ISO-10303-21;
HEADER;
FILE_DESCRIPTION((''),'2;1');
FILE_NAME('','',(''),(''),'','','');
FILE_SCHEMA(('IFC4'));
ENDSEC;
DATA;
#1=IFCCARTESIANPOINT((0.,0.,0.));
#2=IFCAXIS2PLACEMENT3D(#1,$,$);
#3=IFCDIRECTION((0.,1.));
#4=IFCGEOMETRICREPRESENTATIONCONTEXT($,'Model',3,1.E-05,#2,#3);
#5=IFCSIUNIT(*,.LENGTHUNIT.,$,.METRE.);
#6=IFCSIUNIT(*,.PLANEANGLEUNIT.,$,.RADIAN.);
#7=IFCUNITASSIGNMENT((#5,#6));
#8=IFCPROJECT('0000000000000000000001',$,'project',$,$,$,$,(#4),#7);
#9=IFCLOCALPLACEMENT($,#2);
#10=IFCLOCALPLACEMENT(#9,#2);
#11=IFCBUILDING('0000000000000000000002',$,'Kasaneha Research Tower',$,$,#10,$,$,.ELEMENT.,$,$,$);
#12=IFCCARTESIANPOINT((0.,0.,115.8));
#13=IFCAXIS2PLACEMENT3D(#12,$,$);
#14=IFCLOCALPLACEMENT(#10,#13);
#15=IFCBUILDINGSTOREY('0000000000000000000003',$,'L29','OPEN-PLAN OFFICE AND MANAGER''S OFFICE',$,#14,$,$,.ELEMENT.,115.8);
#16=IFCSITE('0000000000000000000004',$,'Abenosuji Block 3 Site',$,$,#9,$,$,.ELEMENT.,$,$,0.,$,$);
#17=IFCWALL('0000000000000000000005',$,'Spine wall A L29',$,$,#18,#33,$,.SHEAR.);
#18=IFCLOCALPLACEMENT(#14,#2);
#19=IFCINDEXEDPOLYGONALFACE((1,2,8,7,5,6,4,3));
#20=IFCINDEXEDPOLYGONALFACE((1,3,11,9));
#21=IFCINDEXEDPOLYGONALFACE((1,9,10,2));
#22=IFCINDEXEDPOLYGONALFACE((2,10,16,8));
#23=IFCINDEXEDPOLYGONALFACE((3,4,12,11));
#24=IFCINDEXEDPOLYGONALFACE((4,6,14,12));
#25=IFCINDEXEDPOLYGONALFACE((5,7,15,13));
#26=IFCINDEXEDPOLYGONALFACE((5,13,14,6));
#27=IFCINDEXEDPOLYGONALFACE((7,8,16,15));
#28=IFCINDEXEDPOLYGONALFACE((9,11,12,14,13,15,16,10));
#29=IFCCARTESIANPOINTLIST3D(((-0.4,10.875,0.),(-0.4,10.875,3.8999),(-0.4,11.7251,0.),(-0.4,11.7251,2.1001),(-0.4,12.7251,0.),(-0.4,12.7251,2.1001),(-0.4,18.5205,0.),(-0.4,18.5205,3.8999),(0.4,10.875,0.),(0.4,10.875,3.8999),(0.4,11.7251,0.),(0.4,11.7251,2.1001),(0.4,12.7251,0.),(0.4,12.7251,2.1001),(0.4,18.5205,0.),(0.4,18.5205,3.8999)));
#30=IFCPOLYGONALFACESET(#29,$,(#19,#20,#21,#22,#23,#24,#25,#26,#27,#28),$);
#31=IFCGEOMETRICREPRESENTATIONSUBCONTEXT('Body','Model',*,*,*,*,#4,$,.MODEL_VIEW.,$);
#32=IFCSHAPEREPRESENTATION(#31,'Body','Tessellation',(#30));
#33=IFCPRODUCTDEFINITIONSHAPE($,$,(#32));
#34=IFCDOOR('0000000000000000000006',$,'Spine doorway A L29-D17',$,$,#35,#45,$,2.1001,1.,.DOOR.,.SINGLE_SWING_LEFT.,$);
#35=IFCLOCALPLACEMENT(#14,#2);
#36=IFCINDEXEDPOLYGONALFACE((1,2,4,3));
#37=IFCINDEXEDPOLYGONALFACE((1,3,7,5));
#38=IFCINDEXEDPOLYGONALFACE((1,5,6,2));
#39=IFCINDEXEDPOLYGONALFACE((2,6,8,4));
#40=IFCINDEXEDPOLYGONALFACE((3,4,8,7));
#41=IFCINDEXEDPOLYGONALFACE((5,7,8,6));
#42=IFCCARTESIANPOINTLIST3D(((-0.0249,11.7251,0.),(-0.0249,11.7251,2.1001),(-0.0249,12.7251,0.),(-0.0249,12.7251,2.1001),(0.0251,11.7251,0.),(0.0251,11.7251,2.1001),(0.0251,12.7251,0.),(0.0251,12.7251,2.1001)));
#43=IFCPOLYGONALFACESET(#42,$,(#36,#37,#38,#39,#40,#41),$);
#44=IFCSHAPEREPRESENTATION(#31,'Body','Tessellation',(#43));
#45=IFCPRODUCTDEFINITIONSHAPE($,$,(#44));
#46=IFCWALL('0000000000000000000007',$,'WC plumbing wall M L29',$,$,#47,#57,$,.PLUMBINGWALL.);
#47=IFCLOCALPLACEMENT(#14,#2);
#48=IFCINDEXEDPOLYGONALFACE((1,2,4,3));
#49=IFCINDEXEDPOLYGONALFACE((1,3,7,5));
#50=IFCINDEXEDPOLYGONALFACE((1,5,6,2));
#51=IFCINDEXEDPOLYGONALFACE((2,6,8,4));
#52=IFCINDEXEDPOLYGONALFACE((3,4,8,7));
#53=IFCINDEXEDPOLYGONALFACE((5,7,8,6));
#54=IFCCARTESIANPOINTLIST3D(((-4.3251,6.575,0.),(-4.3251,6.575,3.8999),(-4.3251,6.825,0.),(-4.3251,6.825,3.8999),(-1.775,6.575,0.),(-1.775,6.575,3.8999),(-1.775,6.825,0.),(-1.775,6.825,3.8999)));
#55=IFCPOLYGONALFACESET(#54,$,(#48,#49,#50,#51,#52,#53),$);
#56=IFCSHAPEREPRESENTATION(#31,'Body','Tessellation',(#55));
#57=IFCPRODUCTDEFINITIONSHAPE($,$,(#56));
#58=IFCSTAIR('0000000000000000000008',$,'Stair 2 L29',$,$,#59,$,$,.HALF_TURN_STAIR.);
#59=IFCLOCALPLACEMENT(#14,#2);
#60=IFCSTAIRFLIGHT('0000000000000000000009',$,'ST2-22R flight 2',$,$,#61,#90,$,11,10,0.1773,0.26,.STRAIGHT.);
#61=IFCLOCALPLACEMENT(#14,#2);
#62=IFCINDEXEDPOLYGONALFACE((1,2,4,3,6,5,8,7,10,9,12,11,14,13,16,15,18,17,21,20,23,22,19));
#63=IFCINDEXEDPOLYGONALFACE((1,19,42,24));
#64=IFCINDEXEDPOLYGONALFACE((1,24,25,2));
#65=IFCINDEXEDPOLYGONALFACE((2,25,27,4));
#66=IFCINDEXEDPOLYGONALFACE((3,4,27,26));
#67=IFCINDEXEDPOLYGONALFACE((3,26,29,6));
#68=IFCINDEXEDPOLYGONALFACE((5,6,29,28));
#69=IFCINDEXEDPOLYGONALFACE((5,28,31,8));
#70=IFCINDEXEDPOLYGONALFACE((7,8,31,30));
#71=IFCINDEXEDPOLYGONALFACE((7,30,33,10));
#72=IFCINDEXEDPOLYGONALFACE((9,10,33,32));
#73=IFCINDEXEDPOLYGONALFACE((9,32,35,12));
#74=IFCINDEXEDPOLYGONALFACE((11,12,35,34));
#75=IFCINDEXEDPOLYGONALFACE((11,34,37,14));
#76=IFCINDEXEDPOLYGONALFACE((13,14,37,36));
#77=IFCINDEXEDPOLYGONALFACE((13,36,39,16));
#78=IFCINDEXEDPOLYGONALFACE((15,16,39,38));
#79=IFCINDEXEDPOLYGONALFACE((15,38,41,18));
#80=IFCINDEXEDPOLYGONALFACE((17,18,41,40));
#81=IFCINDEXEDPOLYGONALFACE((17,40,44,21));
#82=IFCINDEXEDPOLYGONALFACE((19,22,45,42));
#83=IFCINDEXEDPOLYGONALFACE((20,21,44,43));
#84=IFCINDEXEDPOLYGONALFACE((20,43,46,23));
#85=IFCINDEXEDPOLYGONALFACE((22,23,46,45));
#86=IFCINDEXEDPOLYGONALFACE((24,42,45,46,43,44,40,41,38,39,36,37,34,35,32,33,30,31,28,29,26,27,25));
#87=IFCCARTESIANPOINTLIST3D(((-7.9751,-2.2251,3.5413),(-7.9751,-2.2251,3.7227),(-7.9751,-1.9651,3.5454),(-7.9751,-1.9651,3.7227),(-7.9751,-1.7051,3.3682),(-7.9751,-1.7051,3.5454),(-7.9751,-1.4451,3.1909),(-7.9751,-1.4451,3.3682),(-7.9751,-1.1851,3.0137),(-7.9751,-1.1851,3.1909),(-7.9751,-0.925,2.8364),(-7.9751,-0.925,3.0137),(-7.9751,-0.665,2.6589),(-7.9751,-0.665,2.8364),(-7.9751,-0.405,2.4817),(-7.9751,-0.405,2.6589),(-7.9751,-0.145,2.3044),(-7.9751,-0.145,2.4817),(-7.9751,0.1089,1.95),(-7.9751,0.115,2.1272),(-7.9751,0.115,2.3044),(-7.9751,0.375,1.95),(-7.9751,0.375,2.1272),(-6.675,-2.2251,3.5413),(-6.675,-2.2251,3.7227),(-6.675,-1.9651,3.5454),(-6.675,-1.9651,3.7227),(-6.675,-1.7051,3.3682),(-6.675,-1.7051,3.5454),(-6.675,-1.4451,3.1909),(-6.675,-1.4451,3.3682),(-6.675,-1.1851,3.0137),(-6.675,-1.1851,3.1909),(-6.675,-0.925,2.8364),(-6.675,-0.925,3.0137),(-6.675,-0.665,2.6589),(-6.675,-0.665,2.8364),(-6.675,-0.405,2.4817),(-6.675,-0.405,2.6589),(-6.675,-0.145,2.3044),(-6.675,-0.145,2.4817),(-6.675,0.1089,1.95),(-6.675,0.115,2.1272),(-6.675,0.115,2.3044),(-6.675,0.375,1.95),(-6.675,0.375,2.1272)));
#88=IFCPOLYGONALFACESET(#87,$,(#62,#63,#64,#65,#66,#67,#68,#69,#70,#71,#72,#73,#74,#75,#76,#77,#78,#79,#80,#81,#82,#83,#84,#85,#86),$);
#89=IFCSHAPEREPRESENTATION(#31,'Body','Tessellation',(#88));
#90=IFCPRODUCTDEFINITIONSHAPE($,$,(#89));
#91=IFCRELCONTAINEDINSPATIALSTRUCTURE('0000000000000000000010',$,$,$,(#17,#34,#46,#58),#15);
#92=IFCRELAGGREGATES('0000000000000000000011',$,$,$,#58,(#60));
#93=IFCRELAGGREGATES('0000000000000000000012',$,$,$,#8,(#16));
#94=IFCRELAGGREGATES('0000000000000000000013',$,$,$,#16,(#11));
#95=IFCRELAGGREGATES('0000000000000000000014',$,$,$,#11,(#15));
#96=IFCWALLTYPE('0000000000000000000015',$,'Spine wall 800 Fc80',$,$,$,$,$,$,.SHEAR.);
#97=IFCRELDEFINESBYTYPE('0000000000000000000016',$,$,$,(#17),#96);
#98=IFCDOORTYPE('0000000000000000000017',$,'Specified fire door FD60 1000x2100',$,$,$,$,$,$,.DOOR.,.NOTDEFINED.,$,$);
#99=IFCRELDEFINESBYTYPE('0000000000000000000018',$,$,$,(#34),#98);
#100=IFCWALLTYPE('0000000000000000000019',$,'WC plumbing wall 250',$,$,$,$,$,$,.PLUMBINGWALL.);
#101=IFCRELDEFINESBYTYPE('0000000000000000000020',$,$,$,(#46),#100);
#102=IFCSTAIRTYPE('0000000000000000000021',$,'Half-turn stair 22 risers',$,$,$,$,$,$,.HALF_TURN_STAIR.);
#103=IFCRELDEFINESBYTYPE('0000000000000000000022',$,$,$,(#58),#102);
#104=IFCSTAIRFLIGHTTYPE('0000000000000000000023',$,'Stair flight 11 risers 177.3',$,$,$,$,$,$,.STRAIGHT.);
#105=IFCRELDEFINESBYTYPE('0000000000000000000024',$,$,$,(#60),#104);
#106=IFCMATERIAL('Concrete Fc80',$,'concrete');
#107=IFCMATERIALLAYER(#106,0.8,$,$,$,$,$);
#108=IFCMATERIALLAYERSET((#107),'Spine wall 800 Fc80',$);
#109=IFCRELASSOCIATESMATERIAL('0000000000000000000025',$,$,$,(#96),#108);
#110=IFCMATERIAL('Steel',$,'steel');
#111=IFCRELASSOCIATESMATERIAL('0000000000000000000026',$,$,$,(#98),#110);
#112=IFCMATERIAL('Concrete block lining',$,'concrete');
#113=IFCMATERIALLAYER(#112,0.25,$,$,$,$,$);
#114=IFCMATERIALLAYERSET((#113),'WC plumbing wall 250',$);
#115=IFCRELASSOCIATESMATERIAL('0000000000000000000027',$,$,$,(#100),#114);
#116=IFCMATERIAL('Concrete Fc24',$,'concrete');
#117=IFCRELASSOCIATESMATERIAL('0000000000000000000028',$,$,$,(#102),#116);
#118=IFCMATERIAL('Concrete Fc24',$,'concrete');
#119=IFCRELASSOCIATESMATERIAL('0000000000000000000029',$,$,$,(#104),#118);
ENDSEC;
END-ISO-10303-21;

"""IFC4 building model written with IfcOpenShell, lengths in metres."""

from ifc_helpers import new_model, si_unit, direction, frame, frame_2d, origin, place, context, subcontext, project, spatial, polyline, rectangle, outline, extrude, material, layer, layer_set, type_object, element, fill, aggregate, save


model = new_model("IFC4")

# Units and contexts
model_context = context("Model", 3, precision=1e-05, world=origin(), true_north=direction((0.0, 1.0)))
body_context = subcontext(model_context, "Body", "Model", "MODEL_VIEW")
ifc_project = project(units=[si_unit("LENGTHUNIT", "METRE"), si_unit("PLANEANGLEUNIT", "RADIAN")], contexts=[model_context])

# Site, building, storey
site_placement = place(None, origin())
site = spatial("IfcSite", under=ifc_project, at=site_placement, Name="Abenosuji Block 3 Site", CompositionType="ELEMENT", RefElevation=0.0)
building_placement = place(site_placement, origin())
building = spatial("IfcBuilding", under=site, at=building_placement, Name="Kasaneha Research Tower", CompositionType="ELEMENT")
storey_placement = place(building_placement, frame((0.0, 0.0, 115.8)))
storey = spatial("IfcBuildingStorey", under=building, at=storey_placement, Name="L29", Description="OPEN-PLAN OFFICE AND MANAGER'S OFFICE", CompositionType="ELEMENT", Elevation=115.8)

# Wall, opening, door
ifc_material_1 = material(Name="Concrete Fc80", Category="concrete")
ifc_layer_1 = layer(ifc_material_1, 0.8)
ifc_layer_set_1 = layer_set([ifc_layer_1], Name="Spine wall 800 Fc80")
wall_type_1 = type_object("IfcWallType", Name="Spine wall 800 Fc80", PredefinedType="SHEAR", material=ifc_layer_set_1)
wall_1_placement = place(storey_placement, frame((0.0, 10.875, 0.0), z_axis=(0.0, 0.0, 1.0), x_axis=(0.0, 1.0, 0.0)))
wall_1 = element("IfcWall", 1, at=wall_1_placement, inside=storey, type_object=wall_type_1, Name="Spine wall A L29", PredefinedType="SHEAR", context=body_context, shape_type="SweptSolid", body=[
    extrude(rectangle(XDim=7.6455, YDim=0.8, at=frame_2d((3.8228, 0.0))), origin(), (0.0, 0.0, 1.0), 3.8999),
])
opening_1_placement = place(wall_1_placement, frame((0.8501, 0.0, 0.0)))
opening_1 = element("IfcOpeningElement", 2, at=opening_1_placement, cuts=wall_1, PredefinedType="OPENING", context=body_context, shape_type="SweptSolid", body=[
    extrude(rectangle(XDim=1.0, YDim=2.1001, at=frame_2d((0.5, 1.05))), frame((0.0, 0.4102, 0.0), z_axis=(0.0, -1.0, 0.0), x_axis=(1.0, 0.0, 0.0)), (0.0, 0.0, 1.0), 0.8201),
])
ifc_material_2 = material(Name="Steel", Category="steel")
door_type_1 = type_object("IfcDoorType", Name="Specified fire door FD60 1000x2100", OperationType="NOTDEFINED", PredefinedType="DOOR", material=ifc_material_2)
door_1_placement = place(opening_1_placement, origin())
door_1 = element("IfcDoor", 3, at=door_1_placement, inside=storey, type_object=door_type_1, Name="Spine doorway A L29-D17", OperationType="SINGLE_SWING_LEFT", OverallHeight=2.1001, OverallWidth=1.0, PredefinedType="DOOR", context=body_context, shape_type="SweptSolid", body=[
    extrude(rectangle(XDim=1.0, YDim=2.1001, at=frame_2d((0.5, 1.05))), frame((0.0, 0.0249, 0.0), z_axis=(0.0, -1.0, 0.0), x_axis=(1.0, 0.0, 0.0)), (0.0, 0.0, 1.0), 0.05),
])
fill(opening_1, door_1)

# Wall
ifc_material_3 = material(Name="Concrete block lining", Category="concrete")
ifc_layer_2 = layer(ifc_material_3, 0.25)
ifc_layer_set_2 = layer_set([ifc_layer_2], Name="WC plumbing wall 250")
wall_type_2 = type_object("IfcWallType", Name="WC plumbing wall 250", PredefinedType="PLUMBINGWALL", material=ifc_layer_set_2)
wall_2_placement = place(storey_placement, frame((-4.325, 6.7, 0.0), z_axis=(0.0, 0.0, 1.0), x_axis=(1.0, 0.0, 0.0)))
element("IfcWall", 4, at=wall_2_placement, inside=storey, type_object=wall_type_2, Name="WC plumbing wall M L29", PredefinedType="PLUMBINGWALL", context=body_context, shape_type="SweptSolid", body=[
    extrude(rectangle(XDim=2.55, YDim=0.25, at=frame_2d((1.2749, 0.0))), origin(), (0.0, 0.0, 1.0), 3.8999),
])

# Stair, stair flight
ifc_material_4 = material(Name="Concrete Fc24", Category="concrete")
stair_type = type_object("IfcStairType", Name="Half-turn stair 22 risers", PredefinedType="HALF_TURN_STAIR", material=ifc_material_4)
stair_placement = place(storey_placement, origin())
stair = element("IfcStair", 5, at=stair_placement, inside=storey, type_object=stair_type, Name="Stair 2 L29", PredefinedType="HALF_TURN_STAIR")
ifc_material_5 = material(Name="Concrete Fc24", Category="concrete")
stair_flight_type = type_object("IfcStairFlightType", Name="Stair flight 11 risers 177.3", PredefinedType="STRAIGHT", material=ifc_material_5)
stair_flight_placement = place(storey_placement, frame((-7.325, 0.375, 1.95), z_axis=(0.0, 0.0, 1.0), x_axis=(0.0, -1.0, 0.0)))
stair_flight = element("IfcStairFlight", 6, at=stair_flight_placement, type_object=stair_flight_type, Name="ST2-22R flight 2", NumberOfRisers=11, NumberOfTreads=10, PredefinedType="STRAIGHT", RiserHeight=0.1773, TreadLength=0.26, context=body_context, shape_type="SweptSolid", body=[
    extrude(outline(polyline([(0.0, 0.0), (0.0, 0.1772), (0.26, 0.1772), (0.26, 0.3545), (0.52, 0.3545), (0.52, 0.5317), (0.78, 0.5317), (0.78, 0.709), (1.04, 0.709), (1.04, 0.8865), (1.3, 0.8865), (1.3, 1.0637), (1.5601, 1.0637), (1.5601, 1.241), (1.8201, 1.241), (1.8201, 1.4182), (2.0801, 1.4182), (2.0801, 1.5955), (2.3401, 1.5955), (2.3401, 1.7727), (2.6001, 1.7727), (2.6001, 1.95), (2.6001, 1.5913), (0.2661, 0.0), (0.0, 0.0)])), frame((0.0, 0.6499, 0.0), z_axis=(0.0, -1.0, 0.0), x_axis=(1.0, 0.0, 0.0)), (0.0, 0.0, 1.0), 1.3),
])
aggregate(stair, [stair_flight])

save(model, "model.ifc")
